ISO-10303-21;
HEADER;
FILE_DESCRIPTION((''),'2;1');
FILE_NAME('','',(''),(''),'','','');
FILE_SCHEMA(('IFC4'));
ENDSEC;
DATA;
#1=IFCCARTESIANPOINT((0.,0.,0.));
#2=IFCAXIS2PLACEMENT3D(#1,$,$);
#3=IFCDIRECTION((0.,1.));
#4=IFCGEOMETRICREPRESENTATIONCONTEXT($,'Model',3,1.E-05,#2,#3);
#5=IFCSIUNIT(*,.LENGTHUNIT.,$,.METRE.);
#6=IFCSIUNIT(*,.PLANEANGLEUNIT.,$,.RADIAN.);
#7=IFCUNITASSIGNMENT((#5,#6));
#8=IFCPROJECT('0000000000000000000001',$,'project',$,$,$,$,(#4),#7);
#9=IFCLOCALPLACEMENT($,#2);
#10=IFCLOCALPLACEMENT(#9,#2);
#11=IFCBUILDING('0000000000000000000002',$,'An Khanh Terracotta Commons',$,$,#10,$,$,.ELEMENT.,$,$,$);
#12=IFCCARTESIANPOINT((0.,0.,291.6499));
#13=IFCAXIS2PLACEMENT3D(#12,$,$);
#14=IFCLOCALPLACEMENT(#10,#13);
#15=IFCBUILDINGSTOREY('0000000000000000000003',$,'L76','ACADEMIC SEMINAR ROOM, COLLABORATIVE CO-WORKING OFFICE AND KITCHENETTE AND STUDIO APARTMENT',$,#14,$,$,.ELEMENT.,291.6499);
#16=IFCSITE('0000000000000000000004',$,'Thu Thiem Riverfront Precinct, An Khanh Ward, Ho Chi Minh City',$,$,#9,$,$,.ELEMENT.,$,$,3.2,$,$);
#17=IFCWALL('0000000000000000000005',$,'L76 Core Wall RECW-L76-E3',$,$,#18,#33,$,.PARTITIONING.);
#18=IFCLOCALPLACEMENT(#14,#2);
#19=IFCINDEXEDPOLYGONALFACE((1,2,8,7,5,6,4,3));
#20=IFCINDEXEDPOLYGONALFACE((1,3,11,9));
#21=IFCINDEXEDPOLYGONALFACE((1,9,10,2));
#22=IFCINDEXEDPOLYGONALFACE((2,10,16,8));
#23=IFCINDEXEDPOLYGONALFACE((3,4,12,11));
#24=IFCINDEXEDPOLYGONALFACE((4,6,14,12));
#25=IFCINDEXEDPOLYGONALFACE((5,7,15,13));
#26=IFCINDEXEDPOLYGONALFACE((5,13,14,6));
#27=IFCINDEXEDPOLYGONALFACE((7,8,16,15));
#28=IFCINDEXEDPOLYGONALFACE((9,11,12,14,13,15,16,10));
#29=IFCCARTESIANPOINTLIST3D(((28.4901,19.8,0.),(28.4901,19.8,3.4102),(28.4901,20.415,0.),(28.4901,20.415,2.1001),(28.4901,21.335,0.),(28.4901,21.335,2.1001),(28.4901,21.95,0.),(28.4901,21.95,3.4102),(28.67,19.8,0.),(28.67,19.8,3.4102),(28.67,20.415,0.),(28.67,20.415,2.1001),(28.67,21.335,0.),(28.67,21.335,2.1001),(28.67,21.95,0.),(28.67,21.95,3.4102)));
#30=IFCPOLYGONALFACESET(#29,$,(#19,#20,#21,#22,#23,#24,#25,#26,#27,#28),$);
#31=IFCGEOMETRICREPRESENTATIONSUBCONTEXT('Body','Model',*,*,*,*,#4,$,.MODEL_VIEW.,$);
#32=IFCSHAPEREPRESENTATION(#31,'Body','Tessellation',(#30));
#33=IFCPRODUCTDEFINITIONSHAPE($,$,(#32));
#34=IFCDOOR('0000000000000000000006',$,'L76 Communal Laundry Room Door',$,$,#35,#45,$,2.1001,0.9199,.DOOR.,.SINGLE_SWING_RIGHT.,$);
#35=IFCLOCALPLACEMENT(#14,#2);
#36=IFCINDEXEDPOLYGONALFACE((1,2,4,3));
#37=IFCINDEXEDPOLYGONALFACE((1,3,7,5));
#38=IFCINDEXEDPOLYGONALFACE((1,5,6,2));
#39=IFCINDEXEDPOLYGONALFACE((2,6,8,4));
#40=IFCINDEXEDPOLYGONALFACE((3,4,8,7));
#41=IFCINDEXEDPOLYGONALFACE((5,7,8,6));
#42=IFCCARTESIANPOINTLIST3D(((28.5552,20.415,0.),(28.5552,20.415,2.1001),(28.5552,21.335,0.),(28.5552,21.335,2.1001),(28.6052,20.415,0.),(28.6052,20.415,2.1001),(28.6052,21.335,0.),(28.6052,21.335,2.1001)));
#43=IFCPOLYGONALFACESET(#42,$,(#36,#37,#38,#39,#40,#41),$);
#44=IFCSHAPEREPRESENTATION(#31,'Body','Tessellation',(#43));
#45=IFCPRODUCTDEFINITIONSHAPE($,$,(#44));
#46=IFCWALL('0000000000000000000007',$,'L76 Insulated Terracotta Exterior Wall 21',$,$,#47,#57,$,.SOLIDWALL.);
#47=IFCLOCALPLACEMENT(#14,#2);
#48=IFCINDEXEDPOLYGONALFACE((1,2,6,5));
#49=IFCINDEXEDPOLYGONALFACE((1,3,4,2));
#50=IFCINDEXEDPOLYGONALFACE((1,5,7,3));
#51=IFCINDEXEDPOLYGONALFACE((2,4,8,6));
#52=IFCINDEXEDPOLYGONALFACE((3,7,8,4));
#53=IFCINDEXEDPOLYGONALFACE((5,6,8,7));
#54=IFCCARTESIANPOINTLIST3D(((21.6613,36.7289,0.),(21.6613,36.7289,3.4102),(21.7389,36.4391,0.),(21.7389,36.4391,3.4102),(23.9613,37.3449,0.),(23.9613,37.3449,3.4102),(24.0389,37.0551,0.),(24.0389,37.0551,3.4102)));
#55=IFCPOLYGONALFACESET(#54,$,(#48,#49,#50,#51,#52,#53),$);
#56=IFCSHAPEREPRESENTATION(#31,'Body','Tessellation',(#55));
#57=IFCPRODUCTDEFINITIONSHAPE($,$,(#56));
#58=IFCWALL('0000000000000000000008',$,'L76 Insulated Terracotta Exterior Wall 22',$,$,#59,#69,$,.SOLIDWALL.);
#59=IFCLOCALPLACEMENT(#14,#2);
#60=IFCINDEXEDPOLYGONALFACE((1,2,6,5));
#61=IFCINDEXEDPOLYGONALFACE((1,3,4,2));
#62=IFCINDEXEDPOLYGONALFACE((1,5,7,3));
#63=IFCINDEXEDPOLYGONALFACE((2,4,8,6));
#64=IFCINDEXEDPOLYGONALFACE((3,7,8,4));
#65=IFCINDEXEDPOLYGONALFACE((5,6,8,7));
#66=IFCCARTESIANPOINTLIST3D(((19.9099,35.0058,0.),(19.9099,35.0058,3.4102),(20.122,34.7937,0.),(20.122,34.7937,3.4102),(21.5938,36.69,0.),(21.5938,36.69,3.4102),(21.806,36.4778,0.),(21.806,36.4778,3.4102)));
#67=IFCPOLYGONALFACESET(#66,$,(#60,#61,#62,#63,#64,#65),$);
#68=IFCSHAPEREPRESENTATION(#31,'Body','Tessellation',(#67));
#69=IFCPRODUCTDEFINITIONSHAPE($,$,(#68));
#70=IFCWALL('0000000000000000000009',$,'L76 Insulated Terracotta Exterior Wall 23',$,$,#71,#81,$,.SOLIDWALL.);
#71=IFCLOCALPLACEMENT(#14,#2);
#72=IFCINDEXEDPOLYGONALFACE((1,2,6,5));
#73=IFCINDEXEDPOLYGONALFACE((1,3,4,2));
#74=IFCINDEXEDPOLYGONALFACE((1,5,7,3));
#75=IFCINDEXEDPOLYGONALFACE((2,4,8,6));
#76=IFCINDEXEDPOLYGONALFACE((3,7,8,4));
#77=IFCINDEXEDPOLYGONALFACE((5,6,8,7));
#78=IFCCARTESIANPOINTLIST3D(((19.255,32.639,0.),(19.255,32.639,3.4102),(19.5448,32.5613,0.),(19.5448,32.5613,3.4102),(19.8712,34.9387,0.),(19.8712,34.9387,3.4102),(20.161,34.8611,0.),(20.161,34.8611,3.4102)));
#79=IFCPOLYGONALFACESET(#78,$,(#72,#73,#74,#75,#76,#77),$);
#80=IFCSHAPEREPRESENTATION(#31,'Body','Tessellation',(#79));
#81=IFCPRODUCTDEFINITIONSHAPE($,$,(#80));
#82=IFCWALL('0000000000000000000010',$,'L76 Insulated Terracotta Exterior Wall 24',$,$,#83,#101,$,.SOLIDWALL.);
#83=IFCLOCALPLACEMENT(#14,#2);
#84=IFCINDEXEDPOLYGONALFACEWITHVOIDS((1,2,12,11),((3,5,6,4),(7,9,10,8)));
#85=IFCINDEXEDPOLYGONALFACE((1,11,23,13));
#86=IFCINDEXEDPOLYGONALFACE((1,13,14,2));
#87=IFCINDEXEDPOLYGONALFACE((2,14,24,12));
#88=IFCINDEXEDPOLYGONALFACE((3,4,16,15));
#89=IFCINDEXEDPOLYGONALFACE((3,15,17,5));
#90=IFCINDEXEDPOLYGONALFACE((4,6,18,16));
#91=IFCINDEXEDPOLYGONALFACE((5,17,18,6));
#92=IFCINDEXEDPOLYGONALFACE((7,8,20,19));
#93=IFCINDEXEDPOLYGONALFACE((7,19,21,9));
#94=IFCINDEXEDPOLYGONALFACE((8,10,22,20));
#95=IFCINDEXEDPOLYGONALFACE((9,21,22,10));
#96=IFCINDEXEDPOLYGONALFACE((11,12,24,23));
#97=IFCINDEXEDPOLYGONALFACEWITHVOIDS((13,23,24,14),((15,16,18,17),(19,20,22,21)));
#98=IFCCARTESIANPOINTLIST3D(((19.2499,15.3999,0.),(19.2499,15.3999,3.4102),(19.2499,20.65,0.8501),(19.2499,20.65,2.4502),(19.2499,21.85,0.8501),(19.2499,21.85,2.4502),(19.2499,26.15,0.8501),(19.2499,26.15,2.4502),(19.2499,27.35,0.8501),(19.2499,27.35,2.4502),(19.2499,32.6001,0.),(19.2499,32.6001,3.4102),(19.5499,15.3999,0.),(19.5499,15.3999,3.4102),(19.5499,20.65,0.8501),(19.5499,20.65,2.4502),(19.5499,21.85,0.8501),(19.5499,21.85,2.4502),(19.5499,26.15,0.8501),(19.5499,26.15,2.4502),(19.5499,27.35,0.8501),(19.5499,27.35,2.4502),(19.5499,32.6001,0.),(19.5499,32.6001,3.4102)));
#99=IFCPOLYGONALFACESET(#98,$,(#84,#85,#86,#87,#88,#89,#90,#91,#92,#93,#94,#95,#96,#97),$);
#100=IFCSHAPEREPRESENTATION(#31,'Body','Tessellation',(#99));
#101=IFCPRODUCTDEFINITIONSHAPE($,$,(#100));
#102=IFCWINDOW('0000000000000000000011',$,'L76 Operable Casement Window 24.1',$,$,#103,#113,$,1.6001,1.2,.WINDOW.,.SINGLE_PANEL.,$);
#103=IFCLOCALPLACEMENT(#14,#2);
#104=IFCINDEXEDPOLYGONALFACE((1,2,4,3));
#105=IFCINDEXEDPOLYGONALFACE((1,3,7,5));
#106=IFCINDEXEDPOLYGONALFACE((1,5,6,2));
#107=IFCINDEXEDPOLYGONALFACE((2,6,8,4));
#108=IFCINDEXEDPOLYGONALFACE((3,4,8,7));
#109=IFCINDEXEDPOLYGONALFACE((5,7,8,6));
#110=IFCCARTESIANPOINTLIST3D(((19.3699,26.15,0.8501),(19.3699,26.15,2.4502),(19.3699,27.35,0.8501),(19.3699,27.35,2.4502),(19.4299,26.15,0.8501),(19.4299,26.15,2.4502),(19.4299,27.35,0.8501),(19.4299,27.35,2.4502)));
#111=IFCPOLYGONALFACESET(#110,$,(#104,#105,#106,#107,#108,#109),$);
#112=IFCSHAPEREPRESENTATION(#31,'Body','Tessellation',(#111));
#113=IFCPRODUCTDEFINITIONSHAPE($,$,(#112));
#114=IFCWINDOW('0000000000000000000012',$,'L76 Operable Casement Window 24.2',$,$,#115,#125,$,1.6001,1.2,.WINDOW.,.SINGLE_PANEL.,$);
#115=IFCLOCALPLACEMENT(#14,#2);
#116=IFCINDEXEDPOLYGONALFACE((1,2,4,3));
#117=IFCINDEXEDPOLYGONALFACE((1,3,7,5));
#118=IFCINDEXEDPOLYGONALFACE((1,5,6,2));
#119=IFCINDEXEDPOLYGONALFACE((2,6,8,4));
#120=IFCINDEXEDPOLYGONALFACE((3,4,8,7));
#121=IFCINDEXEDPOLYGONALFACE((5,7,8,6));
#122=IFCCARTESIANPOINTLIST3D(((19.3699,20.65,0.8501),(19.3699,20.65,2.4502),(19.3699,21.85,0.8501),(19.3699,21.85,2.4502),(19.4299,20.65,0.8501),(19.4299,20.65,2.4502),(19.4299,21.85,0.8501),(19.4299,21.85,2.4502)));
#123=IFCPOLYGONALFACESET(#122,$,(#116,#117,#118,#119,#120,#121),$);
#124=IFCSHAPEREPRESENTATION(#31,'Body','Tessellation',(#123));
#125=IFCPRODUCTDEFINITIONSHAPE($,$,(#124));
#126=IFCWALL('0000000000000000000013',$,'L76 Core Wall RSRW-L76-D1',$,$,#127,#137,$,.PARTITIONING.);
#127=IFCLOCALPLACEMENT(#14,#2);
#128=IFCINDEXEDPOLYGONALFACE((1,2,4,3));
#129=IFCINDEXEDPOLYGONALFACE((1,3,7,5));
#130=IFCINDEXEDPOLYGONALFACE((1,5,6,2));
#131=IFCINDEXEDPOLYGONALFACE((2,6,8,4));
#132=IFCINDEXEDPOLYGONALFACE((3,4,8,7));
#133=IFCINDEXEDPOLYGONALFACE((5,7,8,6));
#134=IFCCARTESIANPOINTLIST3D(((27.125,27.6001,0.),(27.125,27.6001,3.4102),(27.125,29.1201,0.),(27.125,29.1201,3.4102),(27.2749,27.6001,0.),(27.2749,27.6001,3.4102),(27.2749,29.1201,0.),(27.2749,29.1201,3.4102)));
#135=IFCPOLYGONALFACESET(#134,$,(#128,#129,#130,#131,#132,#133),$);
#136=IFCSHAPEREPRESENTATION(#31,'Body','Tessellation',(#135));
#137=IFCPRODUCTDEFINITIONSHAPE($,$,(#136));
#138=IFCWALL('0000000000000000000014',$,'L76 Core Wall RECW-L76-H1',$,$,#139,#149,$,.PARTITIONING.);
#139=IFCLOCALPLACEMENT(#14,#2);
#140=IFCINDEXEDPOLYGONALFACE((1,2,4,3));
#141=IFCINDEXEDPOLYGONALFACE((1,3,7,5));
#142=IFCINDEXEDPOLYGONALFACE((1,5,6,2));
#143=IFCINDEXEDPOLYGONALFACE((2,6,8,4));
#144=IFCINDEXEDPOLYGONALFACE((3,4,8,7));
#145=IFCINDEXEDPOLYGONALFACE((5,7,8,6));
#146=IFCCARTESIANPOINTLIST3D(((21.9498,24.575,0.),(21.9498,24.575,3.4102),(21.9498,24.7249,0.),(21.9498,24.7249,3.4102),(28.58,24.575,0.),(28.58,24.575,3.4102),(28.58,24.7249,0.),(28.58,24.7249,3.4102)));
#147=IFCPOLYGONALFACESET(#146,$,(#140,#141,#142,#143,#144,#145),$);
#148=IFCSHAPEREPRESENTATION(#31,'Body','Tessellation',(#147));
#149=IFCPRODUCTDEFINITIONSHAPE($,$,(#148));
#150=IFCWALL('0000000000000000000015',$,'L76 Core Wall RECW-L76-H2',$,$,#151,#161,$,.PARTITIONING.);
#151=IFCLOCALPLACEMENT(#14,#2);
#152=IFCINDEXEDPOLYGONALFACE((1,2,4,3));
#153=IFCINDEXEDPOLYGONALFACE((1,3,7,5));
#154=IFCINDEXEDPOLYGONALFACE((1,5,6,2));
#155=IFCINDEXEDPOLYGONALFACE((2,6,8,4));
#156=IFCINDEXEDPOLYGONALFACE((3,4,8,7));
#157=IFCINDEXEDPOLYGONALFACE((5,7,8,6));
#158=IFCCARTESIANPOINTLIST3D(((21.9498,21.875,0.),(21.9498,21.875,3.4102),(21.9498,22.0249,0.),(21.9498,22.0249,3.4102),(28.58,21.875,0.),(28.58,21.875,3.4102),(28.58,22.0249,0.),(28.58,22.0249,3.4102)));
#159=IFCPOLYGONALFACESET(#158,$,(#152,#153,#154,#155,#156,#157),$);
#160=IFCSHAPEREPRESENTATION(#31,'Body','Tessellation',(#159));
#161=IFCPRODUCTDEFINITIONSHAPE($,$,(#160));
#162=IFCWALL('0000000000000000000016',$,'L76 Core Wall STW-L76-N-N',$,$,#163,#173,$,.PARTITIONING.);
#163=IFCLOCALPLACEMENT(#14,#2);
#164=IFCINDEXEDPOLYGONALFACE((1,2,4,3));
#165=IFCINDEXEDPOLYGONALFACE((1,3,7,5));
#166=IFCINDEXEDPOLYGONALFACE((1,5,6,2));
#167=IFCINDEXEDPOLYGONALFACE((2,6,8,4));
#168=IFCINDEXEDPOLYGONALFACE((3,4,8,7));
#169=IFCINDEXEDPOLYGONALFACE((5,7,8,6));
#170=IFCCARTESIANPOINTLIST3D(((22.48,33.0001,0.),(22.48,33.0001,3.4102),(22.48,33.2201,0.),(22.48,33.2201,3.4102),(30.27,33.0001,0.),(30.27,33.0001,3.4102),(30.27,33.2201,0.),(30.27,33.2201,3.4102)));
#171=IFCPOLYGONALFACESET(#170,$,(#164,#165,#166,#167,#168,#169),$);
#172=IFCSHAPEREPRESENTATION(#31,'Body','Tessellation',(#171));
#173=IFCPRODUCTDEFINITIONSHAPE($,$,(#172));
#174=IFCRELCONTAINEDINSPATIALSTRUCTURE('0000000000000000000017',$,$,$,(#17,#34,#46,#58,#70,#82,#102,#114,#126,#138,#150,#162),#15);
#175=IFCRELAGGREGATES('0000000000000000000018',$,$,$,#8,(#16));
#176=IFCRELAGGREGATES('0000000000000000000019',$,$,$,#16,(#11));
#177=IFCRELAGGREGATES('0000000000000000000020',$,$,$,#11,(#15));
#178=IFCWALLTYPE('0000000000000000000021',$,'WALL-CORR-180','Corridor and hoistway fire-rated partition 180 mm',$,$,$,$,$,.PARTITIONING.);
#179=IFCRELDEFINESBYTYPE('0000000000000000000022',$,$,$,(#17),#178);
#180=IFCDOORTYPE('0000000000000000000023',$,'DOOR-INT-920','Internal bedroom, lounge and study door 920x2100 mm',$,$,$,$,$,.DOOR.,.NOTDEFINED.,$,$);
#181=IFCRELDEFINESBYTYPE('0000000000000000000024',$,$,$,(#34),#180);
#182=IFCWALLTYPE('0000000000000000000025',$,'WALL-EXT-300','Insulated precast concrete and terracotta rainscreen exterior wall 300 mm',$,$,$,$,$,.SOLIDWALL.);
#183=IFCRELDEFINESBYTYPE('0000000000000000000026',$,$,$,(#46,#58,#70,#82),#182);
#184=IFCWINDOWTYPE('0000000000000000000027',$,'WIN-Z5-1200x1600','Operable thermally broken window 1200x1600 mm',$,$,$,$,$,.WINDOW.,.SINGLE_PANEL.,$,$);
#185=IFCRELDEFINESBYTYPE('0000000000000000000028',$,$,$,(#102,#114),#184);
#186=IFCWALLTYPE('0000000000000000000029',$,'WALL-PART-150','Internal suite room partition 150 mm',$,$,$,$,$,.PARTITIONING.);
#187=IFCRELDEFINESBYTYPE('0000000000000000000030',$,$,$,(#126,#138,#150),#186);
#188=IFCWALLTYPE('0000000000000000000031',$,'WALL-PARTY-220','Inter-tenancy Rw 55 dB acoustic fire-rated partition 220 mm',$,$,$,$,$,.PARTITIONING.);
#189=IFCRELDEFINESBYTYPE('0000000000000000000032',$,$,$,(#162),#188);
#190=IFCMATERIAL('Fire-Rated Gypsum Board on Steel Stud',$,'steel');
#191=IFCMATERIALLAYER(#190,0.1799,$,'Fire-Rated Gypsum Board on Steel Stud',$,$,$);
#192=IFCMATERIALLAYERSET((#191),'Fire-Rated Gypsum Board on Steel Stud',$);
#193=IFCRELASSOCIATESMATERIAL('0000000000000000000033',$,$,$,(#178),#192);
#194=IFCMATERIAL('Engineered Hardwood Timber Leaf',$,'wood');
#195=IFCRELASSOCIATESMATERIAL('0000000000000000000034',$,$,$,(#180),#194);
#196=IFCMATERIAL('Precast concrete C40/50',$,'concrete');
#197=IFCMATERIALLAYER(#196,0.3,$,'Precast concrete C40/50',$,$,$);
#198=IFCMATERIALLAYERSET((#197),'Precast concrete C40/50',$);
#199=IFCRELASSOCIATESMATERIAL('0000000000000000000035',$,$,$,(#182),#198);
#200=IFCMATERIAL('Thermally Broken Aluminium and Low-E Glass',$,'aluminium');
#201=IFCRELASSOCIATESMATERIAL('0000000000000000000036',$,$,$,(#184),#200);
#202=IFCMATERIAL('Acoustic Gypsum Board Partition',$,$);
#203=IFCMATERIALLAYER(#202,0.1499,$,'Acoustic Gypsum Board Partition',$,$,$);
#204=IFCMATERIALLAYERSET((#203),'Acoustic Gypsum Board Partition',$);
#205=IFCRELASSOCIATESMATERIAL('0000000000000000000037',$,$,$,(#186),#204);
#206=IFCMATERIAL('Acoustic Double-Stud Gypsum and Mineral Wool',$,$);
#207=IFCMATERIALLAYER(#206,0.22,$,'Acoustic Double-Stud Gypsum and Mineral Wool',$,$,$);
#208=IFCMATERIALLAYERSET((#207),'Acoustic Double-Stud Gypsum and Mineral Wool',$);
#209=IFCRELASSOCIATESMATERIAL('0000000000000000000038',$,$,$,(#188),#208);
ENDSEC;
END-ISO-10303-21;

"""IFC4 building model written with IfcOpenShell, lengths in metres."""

from ifc_helpers import new_model, si_unit, direction, frame, frame_2d, origin, place, context, subcontext, project, spatial, rectangle, extrude, material, layer, layer_set, type_object, element, fill, save


model = new_model("IFC4")

# Units and contexts
model_context = context("Model", 3, precision=1e-05, world=origin(), true_north=direction((0.0, 1.0)))
body_context = subcontext(model_context, "Body", "Model", "MODEL_VIEW")
ifc_project = project(units=[si_unit("LENGTHUNIT", "METRE"), si_unit("PLANEANGLEUNIT", "RADIAN")], contexts=[model_context])

# Site, building, storey
site_placement = place(None, origin())
site = spatial("IfcSite", under=ifc_project, at=site_placement, Name="Thu Thiem Riverfront Precinct, An Khanh Ward, Ho Chi Minh City", CompositionType="ELEMENT", RefElevation=3.2)
building_placement = place(site_placement, origin())
building = spatial("IfcBuilding", under=site, at=building_placement, Name="An Khanh Terracotta Commons", CompositionType="ELEMENT")
storey_placement = place(building_placement, frame((0.0, 0.0, 291.6499)))
storey = spatial("IfcBuildingStorey", under=building, at=storey_placement, Name="L76", Description="ACADEMIC SEMINAR ROOM, COLLABORATIVE CO-WORKING OFFICE AND KITCHENETTE AND STUDIO APARTMENT", CompositionType="ELEMENT", Elevation=291.6499)

# Shared definitions
ifc_material_1 = material(Name="Fire-Rated Gypsum Board on Steel Stud", Category="steel")
ifc_layer_1 = layer(ifc_material_1, 0.1799, Name="Fire-Rated Gypsum Board on Steel Stud")
ifc_layer_set_1 = layer_set([ifc_layer_1], Name="Fire-Rated Gypsum Board on Steel Stud")
wall_type_1 = type_object("IfcWallType", Name="WALL-CORR-180", Description="Corridor and hoistway fire-rated partition 180 mm", PredefinedType="PARTITIONING", material=ifc_layer_set_1)

# Wall, opening, door
ifc_material_2 = material(Name="Engineered Hardwood Timber Leaf", Category="wood")
door_type = type_object("IfcDoorType", Name="DOOR-INT-920", Description="Internal bedroom, lounge and study door 920x2100 mm", OperationType="NOTDEFINED", PredefinedType="DOOR", material=ifc_material_2)
wall_1_placement = place(storey_placement, frame((28.5801, 19.8, 0.0), z_axis=(0.0, 0.0, 1.0), x_axis=(0.0, 1.0, 0.0)))
wall_1 = element("IfcWall", 1, at=wall_1_placement, inside=storey, type_object=wall_type_1, Name="L76 Core Wall RECW-L76-E3", PredefinedType="PARTITIONING", context=body_context, shape_type="SweptSolid", body=[
    extrude(rectangle(XDim=2.1499, YDim=0.1799, at=frame_2d((1.075, 0.0))), origin(), (0.0, 0.0, 1.0), 3.4102),
])
opening_1_placement = place(wall_1_placement, frame((0.615, 0.0, 0.0)))
opening_1 = element("IfcOpeningElement", 2, at=opening_1_placement, cuts=wall_1, PredefinedType="OPENING", context=body_context, shape_type="SweptSolid", body=[
    extrude(rectangle(XDim=0.9199, YDim=2.1001, at=frame_2d((0.46, 1.05))), frame((0.0, 0.0999, 0.0), z_axis=(0.0, -1.0, 0.0), x_axis=(1.0, 0.0, 0.0)), (0.0, 0.0, 1.0), 0.2),
])
door_1_placement = place(opening_1_placement, origin())
door_1 = element("IfcDoor", 3, at=door_1_placement, inside=storey, type_object=door_type, Name="L76 Communal Laundry Room Door", OperationType="SINGLE_SWING_RIGHT", OverallHeight=2.1001, OverallWidth=0.9199, PredefinedType="DOOR", context=body_context, shape_type="SweptSolid", body=[
    extrude(rectangle(XDim=0.9199, YDim=2.1001, at=frame_2d((0.46, 1.05))), frame((0.0, 0.0249, 0.0), z_axis=(0.0, -1.0, 0.0), x_axis=(1.0, 0.0, 0.0)), (0.0, 0.0, 1.0), 0.05),
])
fill(opening_1, door_1)

# Walls
ifc_material_3 = material(Name="Precast concrete C40/50", Category="concrete")
ifc_layer_2 = layer(ifc_material_3, 0.3, Name="Precast concrete C40/50")
ifc_layer_set_2 = layer_set([ifc_layer_2], Name="Precast concrete C40/50")
wall_type_2 = type_object("IfcWallType", Name="WALL-EXT-300", Description="Insulated precast concrete and terracotta rainscreen exterior wall 300 mm", PredefinedType="SOLIDWALL", material=ifc_layer_set_2)
wall_2_placement = place(storey_placement, frame((24.0, 37.2, 0.0), z_axis=(0.0, 0.0, 1.0), x_axis=(-0.96596, -0.25869, 0.0)))
element("IfcWall", 4, at=wall_2_placement, inside=storey, type_object=wall_type_2, Name="L76 Insulated Terracotta Exterior Wall 21", PredefinedType="SOLIDWALL", context=body_context, shape_type="SweptSolid", body=[
    extrude(rectangle(XDim=2.3811, YDim=0.3, at=frame_2d((1.1904, 0.0))), origin(), (0.0, 0.0, 1.0), 3.4102),
])
wall_3_placement = place(storey_placement, frame((21.7, 36.584, 0.0), z_axis=(0.0, 0.0, 1.0), x_axis=(-0.707056, -0.707158, 0.0)))
element("IfcWall", 5, at=wall_3_placement, inside=storey, type_object=wall_type_2, Name="L76 Insulated Terracotta Exterior Wall 22", PredefinedType="SOLIDWALL", context=body_context, shape_type="SweptSolid", body=[
    extrude(rectangle(XDim=2.3816, YDim=0.3, at=frame_2d((1.1909, 0.0))), origin(), (0.0, 0.0, 1.0), 3.4102),
])
wall_4_placement = place(storey_placement, frame((20.0161, 34.8999, 0.0), z_axis=(0.0, 0.0, 1.0), x_axis=(-0.258811, -0.965928, 0.0)))
element("IfcWall", 6, at=wall_4_placement, inside=storey, type_object=wall_type_2, Name="L76 Insulated Terracotta Exterior Wall 23", PredefinedType="SOLIDWALL", context=body_context, shape_type="SweptSolid", body=[
    extrude(rectangle(XDim=2.3809, YDim=0.3, at=frame_2d((1.1904, 0.0))), origin(), (0.0, 0.0, 1.0), 3.4102),
])

# Wall, openings, windows
wall_5_placement = place(storey_placement, frame((19.3999, 32.6001, 0.0), z_axis=(0.0, 0.0, 1.0), x_axis=(0.0, -1.0, 0.0)))
wall_5 = element("IfcWall", 7, at=wall_5_placement, inside=storey, type_object=wall_type_2, Name="L76 Insulated Terracotta Exterior Wall 24", PredefinedType="SOLIDWALL", context=body_context, shape_type="SweptSolid", body=[
    extrude(rectangle(XDim=17.2002, YDim=0.3, at=frame_2d((8.6001, 0.0))), origin(), (0.0, 0.0, 1.0), 3.4102),
])
opening_2_placement = place(wall_5_placement, frame((5.25, 0.0, 0.8501)))
opening_2 = element("IfcOpeningElement", 8, at=opening_2_placement, cuts=wall_5, PredefinedType="OPENING", context=body_context, shape_type="SweptSolid", body=[
    extrude(rectangle(XDim=1.2, YDim=1.6001, at=frame_2d((0.6001, 0.8))), frame((0.0, 0.1599, 0.0), z_axis=(0.0, -1.0, 0.0), x_axis=(1.0, 0.0, 0.0)), (0.0, 0.0, 1.0), 0.3201),
])
opening_3_placement = place(wall_5_placement, frame((10.75, 0.0, 0.8501)))
opening_3 = element("IfcOpeningElement", 9, at=opening_3_placement, cuts=wall_5, PredefinedType="OPENING", context=body_context, shape_type="SweptSolid", body=[
    extrude(rectangle(XDim=1.2, YDim=1.6001, at=frame_2d((0.6001, 0.8))), frame((0.0, 0.1599, 0.0), z_axis=(0.0, -1.0, 0.0), x_axis=(1.0, 0.0, 0.0)), (0.0, 0.0, 1.0), 0.3201),
])
ifc_material_4 = material(Name="Thermally Broken Aluminium and Low-E Glass", Category="aluminium")
window_type = type_object("IfcWindowType", Name="WIN-Z5-1200x1600", Description="Operable thermally broken window 1200x1600 mm", PartitioningType="SINGLE_PANEL", PredefinedType="WINDOW", material=ifc_material_4)
window_1_placement = place(opening_2_placement, origin())
window_1 = element("IfcWindow", 10, at=window_1_placement, inside=storey, type_object=window_type, Name="L76 Operable Casement Window 24.1", OverallHeight=1.6001, OverallWidth=1.2, PartitioningType="SINGLE_PANEL", PredefinedType="WINDOW", context=body_context, shape_type="SweptSolid", body=[
    extrude(rectangle(XDim=1.2, YDim=1.6001, at=frame_2d((0.6001, 0.8))), frame((0.0, 0.03, 0.0), z_axis=(0.0, -1.0, 0.0), x_axis=(1.0, 0.0, 0.0)), (0.0, 0.0, 1.0), 0.0601),
])
fill(opening_2, window_1)
window_2_placement = place(opening_3_placement, origin())
window_2 = element("IfcWindow", 11, at=window_2_placement, inside=storey, type_object=window_type, Name="L76 Operable Casement Window 24.2", OverallHeight=1.6001, OverallWidth=1.2, PartitioningType="SINGLE_PANEL", PredefinedType="WINDOW", context=body_context, shape_type="SweptSolid", body=[
    extrude(rectangle(XDim=1.2, YDim=1.6001, at=frame_2d((0.6001, 0.8))), frame((0.0, 0.03, 0.0), z_axis=(0.0, -1.0, 0.0), x_axis=(1.0, 0.0, 0.0)), (0.0, 0.0, 1.0), 0.0601),
])
fill(opening_3, window_2)

# Walls
ifc_material_5 = material(Name="Acoustic Gypsum Board Partition")
ifc_layer_3 = layer(ifc_material_5, 0.1499, Name="Acoustic Gypsum Board Partition")
ifc_layer_set_3 = layer_set([ifc_layer_3], Name="Acoustic Gypsum Board Partition")
wall_type_3 = type_object("IfcWallType", Name="WALL-PART-150", Description="Internal suite room partition 150 mm", PredefinedType="PARTITIONING", material=ifc_layer_set_3)
wall_6_placement = place(storey_placement, frame((27.2, 27.6001, 0.0), z_axis=(0.0, 0.0, 1.0), x_axis=(0.0, 1.0, 0.0)))
element("IfcWall", 12, at=wall_6_placement, inside=storey, type_object=wall_type_3, Name="L76 Core Wall RSRW-L76-D1", PredefinedType="PARTITIONING", context=body_context, shape_type="SweptSolid", body=[
    extrude(rectangle(XDim=1.52, YDim=0.1499, at=frame_2d((0.76, 0.0))), origin(), (0.0, 0.0, 1.0), 3.4102),
])
for number, where, z_axis, x_axis, name in (
    (13, (21.95, 24.6499, 0.0), (0.0, 0.0, 1.0), (1.0, 0.0, 0.0), "L76 Core Wall RECW-L76-H1"),
    (14, (21.95, 21.95, 0.0), (0.0, 0.0, 1.0), (1.0, 0.0, 0.0), "L76 Core Wall RECW-L76-H2"),
):
    element("IfcWall", number, at=place(storey_placement, frame(where, z_axis=z_axis, x_axis=x_axis)), inside=storey, type_object=wall_type_3, Name=name, PredefinedType="PARTITIONING", context=body_context, shape_type="SweptSolid", body=[
        extrude(rectangle(XDim=6.6301, YDim=0.1499, at=frame_2d((3.3149, 0.0))), origin(), (0.0, 0.0, 1.0), 3.4102),
    ])
ifc_material_6 = material(Name="Acoustic Double-Stud Gypsum and Mineral Wool")
ifc_layer_4 = layer(ifc_material_6, 0.22, Name="Acoustic Double-Stud Gypsum and Mineral Wool")
ifc_layer_set_4 = layer_set([ifc_layer_4], Name="Acoustic Double-Stud Gypsum and Mineral Wool")
wall_type_4 = type_object("IfcWallType", Name="WALL-PARTY-220", Description="Inter-tenancy Rw 55 dB acoustic fire-rated partition 220 mm", PredefinedType="PARTITIONING", material=ifc_layer_set_4)
wall_7_placement = place(storey_placement, frame((22.48, 33.1101, 0.0), z_axis=(0.0, 0.0, 1.0), x_axis=(1.0, 0.0, 0.0)))
element("IfcWall", 15, at=wall_7_placement, inside=storey, type_object=wall_type_4, Name="L76 Core Wall STW-L76-N-N", PredefinedType="PARTITIONING", context=body_context, shape_type="SweptSolid", body=[
    extrude(rectangle(XDim=7.79, YDim=0.22, at=frame_2d((3.895, 0.0))), origin(), (0.0, 0.0, 1.0), 3.4102),
])

save(model, "model.ifc")
